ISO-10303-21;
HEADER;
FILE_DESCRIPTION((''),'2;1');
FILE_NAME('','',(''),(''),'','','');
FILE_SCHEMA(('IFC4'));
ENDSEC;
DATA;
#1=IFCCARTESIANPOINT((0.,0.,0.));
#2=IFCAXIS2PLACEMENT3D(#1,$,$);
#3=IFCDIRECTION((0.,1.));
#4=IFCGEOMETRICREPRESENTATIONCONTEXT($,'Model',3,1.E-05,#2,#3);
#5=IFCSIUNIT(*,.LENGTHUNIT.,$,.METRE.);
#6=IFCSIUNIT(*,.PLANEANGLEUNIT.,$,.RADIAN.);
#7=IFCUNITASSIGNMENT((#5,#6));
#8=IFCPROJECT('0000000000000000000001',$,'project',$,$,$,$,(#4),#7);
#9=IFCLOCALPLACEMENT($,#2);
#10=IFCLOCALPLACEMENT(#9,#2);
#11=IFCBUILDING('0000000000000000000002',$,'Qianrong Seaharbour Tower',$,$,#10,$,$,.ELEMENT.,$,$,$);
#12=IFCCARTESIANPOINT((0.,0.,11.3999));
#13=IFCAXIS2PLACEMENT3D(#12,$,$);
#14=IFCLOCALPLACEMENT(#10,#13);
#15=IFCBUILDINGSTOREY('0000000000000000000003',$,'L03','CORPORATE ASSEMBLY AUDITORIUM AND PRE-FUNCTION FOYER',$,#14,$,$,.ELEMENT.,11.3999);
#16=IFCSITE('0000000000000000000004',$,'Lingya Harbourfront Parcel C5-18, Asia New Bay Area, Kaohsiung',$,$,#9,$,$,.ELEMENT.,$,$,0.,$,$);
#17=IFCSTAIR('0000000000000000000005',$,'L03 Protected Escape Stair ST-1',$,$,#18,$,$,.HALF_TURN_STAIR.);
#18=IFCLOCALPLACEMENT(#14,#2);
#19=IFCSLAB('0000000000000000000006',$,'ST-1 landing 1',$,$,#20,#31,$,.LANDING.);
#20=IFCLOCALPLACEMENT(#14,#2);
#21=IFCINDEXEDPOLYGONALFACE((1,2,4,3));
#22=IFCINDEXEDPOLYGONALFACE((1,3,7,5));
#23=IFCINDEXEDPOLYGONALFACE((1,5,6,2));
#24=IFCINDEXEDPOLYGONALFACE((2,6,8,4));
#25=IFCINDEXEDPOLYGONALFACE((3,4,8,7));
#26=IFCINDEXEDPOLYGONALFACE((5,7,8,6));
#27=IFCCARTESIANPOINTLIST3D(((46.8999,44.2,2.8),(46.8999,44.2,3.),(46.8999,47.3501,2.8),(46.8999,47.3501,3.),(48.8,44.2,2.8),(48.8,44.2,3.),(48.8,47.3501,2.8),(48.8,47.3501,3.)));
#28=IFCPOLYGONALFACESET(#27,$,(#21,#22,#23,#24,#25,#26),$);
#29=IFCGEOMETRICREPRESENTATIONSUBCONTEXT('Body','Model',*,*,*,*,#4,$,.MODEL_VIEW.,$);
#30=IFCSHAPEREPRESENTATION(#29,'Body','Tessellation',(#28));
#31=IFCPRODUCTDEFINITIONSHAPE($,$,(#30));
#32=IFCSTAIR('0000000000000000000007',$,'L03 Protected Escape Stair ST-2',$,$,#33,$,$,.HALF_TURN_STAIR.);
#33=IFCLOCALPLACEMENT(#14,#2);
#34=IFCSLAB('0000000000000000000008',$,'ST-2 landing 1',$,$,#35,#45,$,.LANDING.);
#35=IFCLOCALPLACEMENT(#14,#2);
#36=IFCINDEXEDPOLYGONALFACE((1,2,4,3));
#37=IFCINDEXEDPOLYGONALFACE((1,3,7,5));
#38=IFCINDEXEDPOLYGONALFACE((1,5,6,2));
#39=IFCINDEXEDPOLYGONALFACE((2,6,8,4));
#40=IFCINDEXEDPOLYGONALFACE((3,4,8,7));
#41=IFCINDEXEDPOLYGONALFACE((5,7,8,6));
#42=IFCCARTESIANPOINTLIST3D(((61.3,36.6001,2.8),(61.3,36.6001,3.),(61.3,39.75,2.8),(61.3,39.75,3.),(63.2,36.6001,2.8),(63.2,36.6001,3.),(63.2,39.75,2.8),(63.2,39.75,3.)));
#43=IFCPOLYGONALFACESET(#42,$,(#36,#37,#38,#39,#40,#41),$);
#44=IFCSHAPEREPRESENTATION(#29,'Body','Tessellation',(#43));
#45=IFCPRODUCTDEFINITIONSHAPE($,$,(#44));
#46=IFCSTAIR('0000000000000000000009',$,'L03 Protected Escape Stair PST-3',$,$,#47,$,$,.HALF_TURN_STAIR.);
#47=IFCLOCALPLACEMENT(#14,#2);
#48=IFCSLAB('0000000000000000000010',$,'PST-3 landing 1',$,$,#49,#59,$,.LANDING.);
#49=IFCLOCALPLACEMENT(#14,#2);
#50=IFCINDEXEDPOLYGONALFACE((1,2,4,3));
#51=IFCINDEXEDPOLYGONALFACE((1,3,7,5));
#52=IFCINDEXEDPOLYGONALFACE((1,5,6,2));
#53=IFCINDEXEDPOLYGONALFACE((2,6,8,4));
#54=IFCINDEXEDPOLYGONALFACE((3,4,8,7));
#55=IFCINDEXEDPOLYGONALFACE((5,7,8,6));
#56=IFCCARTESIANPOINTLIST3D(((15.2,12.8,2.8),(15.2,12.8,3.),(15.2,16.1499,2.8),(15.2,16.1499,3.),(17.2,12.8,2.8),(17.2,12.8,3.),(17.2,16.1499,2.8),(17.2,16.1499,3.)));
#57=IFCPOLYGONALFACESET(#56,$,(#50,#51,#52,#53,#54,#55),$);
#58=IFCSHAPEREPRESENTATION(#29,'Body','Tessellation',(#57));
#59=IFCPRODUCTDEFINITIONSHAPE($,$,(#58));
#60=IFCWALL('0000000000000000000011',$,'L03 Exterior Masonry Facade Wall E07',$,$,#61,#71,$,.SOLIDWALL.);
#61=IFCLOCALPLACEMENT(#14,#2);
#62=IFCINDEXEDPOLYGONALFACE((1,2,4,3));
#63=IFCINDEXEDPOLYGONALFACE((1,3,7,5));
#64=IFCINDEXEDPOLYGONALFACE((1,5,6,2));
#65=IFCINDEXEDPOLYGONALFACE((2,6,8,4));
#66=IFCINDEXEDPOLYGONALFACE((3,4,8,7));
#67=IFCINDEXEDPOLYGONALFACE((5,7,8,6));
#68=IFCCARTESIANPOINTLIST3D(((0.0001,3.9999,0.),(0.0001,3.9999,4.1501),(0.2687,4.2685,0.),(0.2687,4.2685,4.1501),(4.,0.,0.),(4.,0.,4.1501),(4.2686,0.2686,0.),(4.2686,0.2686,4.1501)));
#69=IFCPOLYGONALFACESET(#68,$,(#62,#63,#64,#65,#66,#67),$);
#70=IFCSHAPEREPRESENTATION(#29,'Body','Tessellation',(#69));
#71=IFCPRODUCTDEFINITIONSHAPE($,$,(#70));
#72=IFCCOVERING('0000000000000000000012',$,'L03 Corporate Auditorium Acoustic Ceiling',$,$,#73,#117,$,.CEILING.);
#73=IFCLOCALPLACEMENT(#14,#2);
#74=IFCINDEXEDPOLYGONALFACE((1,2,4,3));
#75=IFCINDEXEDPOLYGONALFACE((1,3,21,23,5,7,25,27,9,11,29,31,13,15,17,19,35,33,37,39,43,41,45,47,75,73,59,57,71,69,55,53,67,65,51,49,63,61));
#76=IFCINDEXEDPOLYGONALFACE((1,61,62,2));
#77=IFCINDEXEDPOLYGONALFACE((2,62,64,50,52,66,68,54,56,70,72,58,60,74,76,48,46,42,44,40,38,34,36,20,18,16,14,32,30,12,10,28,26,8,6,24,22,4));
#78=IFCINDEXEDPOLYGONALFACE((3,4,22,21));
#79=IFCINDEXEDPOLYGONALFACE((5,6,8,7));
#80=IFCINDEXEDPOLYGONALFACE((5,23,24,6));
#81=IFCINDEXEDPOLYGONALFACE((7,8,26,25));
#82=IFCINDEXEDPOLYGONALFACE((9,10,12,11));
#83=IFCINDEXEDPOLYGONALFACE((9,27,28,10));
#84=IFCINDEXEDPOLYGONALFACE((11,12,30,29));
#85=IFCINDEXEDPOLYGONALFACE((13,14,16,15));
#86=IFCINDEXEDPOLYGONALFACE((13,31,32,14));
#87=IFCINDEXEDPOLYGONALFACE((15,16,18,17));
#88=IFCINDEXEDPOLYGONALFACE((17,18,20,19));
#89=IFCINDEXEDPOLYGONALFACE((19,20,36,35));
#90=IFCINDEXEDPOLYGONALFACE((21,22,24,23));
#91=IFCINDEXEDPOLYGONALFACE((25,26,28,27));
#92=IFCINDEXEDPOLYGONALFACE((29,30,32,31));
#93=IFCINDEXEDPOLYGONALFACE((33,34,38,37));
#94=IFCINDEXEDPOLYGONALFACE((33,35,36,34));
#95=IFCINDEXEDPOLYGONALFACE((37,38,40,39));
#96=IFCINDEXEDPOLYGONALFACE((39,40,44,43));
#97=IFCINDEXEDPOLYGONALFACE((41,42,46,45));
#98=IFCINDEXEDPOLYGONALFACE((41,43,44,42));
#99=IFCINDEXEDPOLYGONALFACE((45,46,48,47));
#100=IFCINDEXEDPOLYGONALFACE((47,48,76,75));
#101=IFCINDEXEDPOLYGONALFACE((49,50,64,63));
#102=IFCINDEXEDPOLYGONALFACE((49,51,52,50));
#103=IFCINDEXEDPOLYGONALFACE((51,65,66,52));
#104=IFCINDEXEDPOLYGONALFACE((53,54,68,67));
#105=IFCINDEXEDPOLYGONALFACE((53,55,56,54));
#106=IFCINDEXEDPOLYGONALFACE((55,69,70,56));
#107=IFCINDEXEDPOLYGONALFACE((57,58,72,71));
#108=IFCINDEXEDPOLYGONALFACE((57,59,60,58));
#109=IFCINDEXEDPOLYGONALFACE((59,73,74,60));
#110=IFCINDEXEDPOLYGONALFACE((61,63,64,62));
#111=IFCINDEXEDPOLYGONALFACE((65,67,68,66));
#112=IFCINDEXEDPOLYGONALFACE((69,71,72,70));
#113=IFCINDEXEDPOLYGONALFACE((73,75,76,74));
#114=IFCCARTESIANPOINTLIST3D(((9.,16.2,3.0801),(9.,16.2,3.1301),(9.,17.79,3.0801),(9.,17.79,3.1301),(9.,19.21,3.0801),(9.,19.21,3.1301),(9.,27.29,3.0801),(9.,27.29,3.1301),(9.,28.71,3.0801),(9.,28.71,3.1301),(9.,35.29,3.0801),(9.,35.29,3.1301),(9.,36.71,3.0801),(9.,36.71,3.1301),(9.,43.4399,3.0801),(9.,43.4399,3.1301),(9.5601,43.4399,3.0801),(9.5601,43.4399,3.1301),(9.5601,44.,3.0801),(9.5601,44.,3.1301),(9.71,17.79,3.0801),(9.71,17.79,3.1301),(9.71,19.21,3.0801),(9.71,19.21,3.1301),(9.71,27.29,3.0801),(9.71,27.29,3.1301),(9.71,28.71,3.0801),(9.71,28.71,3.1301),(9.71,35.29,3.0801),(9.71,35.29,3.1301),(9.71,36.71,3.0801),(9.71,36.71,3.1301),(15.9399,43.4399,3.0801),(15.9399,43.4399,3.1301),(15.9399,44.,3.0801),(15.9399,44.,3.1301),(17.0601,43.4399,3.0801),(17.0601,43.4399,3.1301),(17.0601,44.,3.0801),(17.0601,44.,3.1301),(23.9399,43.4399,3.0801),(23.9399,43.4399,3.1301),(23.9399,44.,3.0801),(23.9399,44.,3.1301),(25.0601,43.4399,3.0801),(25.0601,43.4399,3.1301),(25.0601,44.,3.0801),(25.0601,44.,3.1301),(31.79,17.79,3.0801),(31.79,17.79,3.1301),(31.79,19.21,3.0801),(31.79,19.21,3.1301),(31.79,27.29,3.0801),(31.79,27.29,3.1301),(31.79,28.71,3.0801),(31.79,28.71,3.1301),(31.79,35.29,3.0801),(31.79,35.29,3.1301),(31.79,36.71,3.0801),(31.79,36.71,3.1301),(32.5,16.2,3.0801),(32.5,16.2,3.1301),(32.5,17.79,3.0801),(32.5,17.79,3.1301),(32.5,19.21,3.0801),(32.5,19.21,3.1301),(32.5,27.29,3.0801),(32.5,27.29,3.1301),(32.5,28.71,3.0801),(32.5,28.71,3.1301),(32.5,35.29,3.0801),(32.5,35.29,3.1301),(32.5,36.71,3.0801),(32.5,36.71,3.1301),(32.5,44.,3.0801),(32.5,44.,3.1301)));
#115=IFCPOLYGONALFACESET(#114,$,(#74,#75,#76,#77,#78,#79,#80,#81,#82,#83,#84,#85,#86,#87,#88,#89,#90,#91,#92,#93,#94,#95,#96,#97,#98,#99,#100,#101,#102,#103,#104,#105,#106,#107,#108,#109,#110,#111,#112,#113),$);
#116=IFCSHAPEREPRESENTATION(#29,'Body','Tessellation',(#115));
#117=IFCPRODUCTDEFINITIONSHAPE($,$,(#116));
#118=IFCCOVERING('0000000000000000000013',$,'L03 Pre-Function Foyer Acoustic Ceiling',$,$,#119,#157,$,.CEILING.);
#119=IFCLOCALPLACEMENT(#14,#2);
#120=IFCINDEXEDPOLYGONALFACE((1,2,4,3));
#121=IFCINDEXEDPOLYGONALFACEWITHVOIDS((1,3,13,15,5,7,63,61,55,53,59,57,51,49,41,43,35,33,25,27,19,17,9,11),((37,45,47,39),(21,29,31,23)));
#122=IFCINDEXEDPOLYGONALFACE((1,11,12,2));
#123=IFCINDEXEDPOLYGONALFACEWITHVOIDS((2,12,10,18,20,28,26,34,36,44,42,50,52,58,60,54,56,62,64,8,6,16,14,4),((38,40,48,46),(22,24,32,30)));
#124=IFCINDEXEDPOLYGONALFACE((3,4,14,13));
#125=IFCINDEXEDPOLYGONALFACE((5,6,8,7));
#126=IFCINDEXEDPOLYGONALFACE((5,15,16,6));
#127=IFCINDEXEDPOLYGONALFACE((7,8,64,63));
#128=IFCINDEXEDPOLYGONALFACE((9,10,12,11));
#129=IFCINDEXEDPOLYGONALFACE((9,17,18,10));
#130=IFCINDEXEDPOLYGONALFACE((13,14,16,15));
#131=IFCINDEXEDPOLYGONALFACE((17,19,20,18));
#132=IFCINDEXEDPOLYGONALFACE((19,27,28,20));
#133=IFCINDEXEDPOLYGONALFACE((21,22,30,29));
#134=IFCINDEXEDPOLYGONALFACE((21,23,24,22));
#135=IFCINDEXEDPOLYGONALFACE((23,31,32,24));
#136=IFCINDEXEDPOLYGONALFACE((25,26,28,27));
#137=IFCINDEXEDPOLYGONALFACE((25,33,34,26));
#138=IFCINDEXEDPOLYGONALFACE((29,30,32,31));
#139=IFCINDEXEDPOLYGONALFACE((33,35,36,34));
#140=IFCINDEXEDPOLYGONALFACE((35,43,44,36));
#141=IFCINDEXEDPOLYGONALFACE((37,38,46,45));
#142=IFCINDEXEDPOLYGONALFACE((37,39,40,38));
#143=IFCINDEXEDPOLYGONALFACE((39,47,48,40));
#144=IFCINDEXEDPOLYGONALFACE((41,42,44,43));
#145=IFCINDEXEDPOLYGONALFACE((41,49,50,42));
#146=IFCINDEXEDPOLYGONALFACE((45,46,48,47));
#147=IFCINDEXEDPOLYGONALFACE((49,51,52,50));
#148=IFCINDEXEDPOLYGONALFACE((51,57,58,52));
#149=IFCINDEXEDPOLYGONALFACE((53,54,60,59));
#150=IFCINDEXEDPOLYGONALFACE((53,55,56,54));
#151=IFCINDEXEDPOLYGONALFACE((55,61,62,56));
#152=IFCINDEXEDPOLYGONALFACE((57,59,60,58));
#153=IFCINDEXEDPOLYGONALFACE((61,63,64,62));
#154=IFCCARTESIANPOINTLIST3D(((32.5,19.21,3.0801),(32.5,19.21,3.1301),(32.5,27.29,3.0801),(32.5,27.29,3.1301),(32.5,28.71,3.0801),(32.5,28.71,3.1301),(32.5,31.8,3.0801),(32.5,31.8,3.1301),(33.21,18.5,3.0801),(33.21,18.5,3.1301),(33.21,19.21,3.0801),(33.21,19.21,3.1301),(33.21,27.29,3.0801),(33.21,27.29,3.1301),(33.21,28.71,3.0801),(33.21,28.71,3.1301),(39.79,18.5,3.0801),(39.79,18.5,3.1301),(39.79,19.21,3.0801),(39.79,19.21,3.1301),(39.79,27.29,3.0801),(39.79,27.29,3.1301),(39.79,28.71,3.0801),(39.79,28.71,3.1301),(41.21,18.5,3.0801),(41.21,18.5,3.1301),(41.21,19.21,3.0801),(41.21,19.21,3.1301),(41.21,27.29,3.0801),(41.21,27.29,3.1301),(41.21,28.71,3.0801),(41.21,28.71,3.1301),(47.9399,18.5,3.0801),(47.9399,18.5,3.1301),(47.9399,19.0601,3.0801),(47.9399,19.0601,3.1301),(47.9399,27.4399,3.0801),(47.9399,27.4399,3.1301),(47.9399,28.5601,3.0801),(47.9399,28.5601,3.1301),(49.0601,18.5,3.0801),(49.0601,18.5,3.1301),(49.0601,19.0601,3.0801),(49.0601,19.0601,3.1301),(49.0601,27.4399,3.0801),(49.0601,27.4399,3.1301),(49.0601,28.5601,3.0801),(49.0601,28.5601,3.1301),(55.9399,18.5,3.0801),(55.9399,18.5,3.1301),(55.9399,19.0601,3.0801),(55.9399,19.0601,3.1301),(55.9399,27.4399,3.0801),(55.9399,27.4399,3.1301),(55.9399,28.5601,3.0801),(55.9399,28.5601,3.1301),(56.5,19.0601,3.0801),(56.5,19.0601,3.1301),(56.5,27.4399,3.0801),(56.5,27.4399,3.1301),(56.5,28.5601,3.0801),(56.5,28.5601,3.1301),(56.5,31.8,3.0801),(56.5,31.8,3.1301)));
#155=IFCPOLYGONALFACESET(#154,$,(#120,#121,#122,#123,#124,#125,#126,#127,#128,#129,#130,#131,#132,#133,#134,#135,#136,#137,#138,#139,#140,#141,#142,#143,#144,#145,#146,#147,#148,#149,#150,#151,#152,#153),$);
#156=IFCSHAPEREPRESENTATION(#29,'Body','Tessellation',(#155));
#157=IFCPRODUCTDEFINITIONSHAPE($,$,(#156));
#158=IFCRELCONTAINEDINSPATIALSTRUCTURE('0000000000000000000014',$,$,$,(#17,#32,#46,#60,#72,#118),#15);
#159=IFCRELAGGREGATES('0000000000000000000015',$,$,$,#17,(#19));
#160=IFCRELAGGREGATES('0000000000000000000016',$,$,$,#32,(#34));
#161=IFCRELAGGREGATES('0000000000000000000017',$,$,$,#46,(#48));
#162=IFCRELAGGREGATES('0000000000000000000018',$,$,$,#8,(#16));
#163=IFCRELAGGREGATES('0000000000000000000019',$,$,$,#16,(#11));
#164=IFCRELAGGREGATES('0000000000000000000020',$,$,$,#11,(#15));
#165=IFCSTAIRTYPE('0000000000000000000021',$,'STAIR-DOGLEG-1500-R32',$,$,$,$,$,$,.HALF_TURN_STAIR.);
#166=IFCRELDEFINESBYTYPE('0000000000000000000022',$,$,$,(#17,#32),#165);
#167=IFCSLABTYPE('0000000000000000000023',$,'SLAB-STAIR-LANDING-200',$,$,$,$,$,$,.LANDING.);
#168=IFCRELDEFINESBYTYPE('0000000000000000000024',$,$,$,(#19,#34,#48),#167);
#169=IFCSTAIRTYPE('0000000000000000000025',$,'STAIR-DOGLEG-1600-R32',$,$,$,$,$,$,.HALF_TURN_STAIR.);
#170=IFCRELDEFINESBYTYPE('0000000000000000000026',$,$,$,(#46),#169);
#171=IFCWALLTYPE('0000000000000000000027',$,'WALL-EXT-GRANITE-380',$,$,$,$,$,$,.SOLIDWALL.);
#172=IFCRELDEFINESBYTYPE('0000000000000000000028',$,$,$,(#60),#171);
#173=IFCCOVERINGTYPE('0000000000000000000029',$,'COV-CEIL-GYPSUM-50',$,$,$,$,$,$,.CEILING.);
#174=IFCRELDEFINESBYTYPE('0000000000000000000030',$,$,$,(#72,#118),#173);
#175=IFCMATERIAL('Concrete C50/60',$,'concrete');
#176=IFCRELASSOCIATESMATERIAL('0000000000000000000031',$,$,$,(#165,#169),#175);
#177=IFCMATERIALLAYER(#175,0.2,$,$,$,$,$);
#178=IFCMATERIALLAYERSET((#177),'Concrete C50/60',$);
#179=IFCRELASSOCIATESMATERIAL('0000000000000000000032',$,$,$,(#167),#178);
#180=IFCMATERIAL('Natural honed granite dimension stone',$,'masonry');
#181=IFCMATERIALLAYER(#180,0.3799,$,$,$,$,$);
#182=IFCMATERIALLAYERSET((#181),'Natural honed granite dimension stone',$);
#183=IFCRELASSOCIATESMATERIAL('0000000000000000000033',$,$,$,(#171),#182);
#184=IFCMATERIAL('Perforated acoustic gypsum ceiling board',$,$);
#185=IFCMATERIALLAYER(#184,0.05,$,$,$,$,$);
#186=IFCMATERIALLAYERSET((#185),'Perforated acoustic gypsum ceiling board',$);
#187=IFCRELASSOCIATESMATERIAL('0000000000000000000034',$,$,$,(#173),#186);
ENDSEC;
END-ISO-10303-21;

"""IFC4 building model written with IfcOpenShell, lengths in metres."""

from ifc_helpers import new_model, si_unit, direction, frame, frame_2d, origin, place, context, subcontext, project, spatial, polyline, rectangle, outline, extrude, material, layer, layer_set, type_object, element, aggregate, save


model = new_model("IFC4")

# Units and contexts
model_context = context("Model", 3, precision=1e-05, world=origin(), true_north=direction((0.0, 1.0)))
body_context = subcontext(model_context, "Body", "Model", "MODEL_VIEW")
ifc_project = project(units=[si_unit("LENGTHUNIT", "METRE"), si_unit("PLANEANGLEUNIT", "RADIAN")], contexts=[model_context])

# Site, building, storey
site_placement = place(None, origin())
site = spatial("IfcSite", under=ifc_project, at=site_placement, Name="Lingya Harbourfront Parcel C5-18, Asia New Bay Area, Kaohsiung", CompositionType="ELEMENT", RefElevation=0.0)
building_placement = place(site_placement, origin())
building = spatial("IfcBuilding", under=site, at=building_placement, Name="Qianrong Seaharbour Tower", CompositionType="ELEMENT")
storey_placement = place(building_placement, frame((0.0, 0.0, 11.3999)))
storey = spatial("IfcBuildingStorey", under=building, at=storey_placement, Name="L03", Description="CORPORATE ASSEMBLY AUDITORIUM AND PRE-FUNCTION FOYER", CompositionType="ELEMENT", Elevation=11.3999)

# Shared definitions
ifc_material_1 = material(Name="Concrete C50/60", Category="concrete")

# Stairs, slabs
stair_type_1 = type_object("IfcStairType", Name="STAIR-DOGLEG-1500-R32", PredefinedType="HALF_TURN_STAIR", material=ifc_material_1)
stair_1_placement = place(storey_placement, origin())
stair_1 = element("IfcStair", 1, at=stair_1_placement, inside=storey, type_object=stair_type_1, Name="L03 Protected Escape Stair ST-1", PredefinedType="HALF_TURN_STAIR")
ifc_layer_1 = layer(ifc_material_1, 0.2)
ifc_layer_set_1 = layer_set([ifc_layer_1], Name="Concrete C50/60")
slab_type_1 = type_object("IfcSlabType", Name="SLAB-STAIR-LANDING-200", PredefinedType="LANDING", material=ifc_layer_set_1)
slab_1_placement = place(storey_placement, frame((0.0, 0.0, 2.8)))
slab_1 = element("IfcSlab", 2, at=slab_1_placement, type_object=slab_type_1, Name="ST-1 landing 1", PredefinedType="LANDING", context=body_context, shape_type="SweptSolid", body=[
    extrude(outline(polyline([(46.8999, 44.2), (48.8, 44.2), (48.8, 47.3501), (46.8999, 47.3501), (46.8999, 44.2)])), origin(), (0.0, 0.0, 1.0), 0.2),
])
aggregate(stair_1, [slab_1])
stair_2_placement = place(storey_placement, origin())
stair_2 = element("IfcStair", 3, at=stair_2_placement, inside=storey, type_object=stair_type_1, Name="L03 Protected Escape Stair ST-2", PredefinedType="HALF_TURN_STAIR")
slab_2_placement = place(storey_placement, frame((0.0, 0.0, 2.8)))
slab_2 = element("IfcSlab", 4, at=slab_2_placement, type_object=slab_type_1, Name="ST-2 landing 1", PredefinedType="LANDING", context=body_context, shape_type="SweptSolid", body=[
    extrude(outline(polyline([(61.3, 36.6001), (63.2, 36.6001), (63.2, 39.75), (61.3, 39.75), (61.3, 36.6001)])), origin(), (0.0, 0.0, 1.0), 0.2),
])
aggregate(stair_2, [slab_2])
stair_type_2 = type_object("IfcStairType", Name="STAIR-DOGLEG-1600-R32", PredefinedType="HALF_TURN_STAIR", material=ifc_material_1)
stair_3_placement = place(storey_placement, origin())
stair_3 = element("IfcStair", 5, at=stair_3_placement, inside=storey, type_object=stair_type_2, Name="L03 Protected Escape Stair PST-3", PredefinedType="HALF_TURN_STAIR")
slab_3_placement = place(storey_placement, frame((0.0, 0.0, 2.8)))
slab_3 = element("IfcSlab", 6, at=slab_3_placement, type_object=slab_type_1, Name="PST-3 landing 1", PredefinedType="LANDING", context=body_context, shape_type="SweptSolid", body=[
    extrude(outline(polyline([(15.2, 12.8), (17.2, 12.8), (17.2, 16.1499), (15.2, 16.1499), (15.2, 12.8)])), origin(), (0.0, 0.0, 1.0), 0.2),
])
aggregate(stair_3, [slab_3])

# Wall
ifc_material_2 = material(Name="Natural honed granite dimension stone", Category="masonry")
ifc_layer_2 = layer(ifc_material_2, 0.3799)
ifc_layer_set_2 = layer_set([ifc_layer_2], Name="Natural honed granite dimension stone")
wall_type = type_object("IfcWallType", Name="WALL-EXT-GRANITE-380", PredefinedType="SOLIDWALL", material=ifc_layer_set_2)
wall_placement = place(storey_placement, frame((4.1343, 0.1343, 0.0), z_axis=(0.0, 0.0, 1.0), x_axis=(-0.707107, 0.707107, 0.0)))
element("IfcWall", 7, at=wall_placement, inside=storey, type_object=wall_type, Name="L03 Exterior Masonry Facade Wall E07", PredefinedType="SOLIDWALL", context=body_context, shape_type="SweptSolid", body=[
    extrude(rectangle(XDim=5.6567, YDim=0.3799, at=frame_2d((2.8284, 0.0))), origin(), (0.0, 0.0, 1.0), 4.1501),
])

# Coverings
ifc_material_3 = material(Name="Perforated acoustic gypsum ceiling board")
ifc_layer_3 = layer(ifc_material_3, 0.05)
ifc_layer_set_3 = layer_set([ifc_layer_3], Name="Perforated acoustic gypsum ceiling board")
covering_type_1 = type_object("IfcCoveringType", Name="COV-CEIL-GYPSUM-50", PredefinedType="CEILING", material=ifc_layer_set_3)
covering_1_placement = place(storey_placement, frame((0.0, 0.0, 3.0801)))
element("IfcCovering", 8, at=covering_1_placement, inside=storey, type_object=covering_type_1, Name="L03 Corporate Auditorium Acoustic Ceiling", PredefinedType="CEILING", context=body_context, shape_type="SweptSolid", body=[
    extrude(outline(polyline([(15.9399, 44.0), (15.9399, 43.4399), (17.0601, 43.4399), (17.0601, 44.0), (23.9399, 44.0), (23.9399, 43.4399), (25.0601, 43.4399), (25.0601, 44.0), (32.5, 44.0), (32.5, 36.71), (31.79, 36.71), (31.79, 35.29), (32.5, 35.29), (32.5, 28.71), (31.79, 28.71), (31.79, 27.29), (32.5, 27.29), (32.5, 19.21), (31.79, 19.21), (31.79, 17.79), (32.5, 17.79), (32.5, 16.2), (9.0, 16.2), (9.0, 17.79), (9.71, 17.79), (9.71, 19.21), (9.0, 19.21), (9.0, 27.29), (9.71, 27.29), (9.71, 28.71), (9.0, 28.71), (9.0, 35.29), (9.71, 35.29), (9.71, 36.71), (9.0, 36.71), (9.0, 43.4399), (9.5601, 43.4399), (9.5601, 44.0), (15.9399, 44.0)])), origin(), (0.0, 0.0, 1.0), 0.05),
])
covering_2_placement = place(storey_placement, frame((0.0, 0.0, 3.0801)))
element("IfcCovering", 9, at=covering_2_placement, inside=storey, type_object=covering_type_1, Name="L03 Pre-Function Foyer Acoustic Ceiling", PredefinedType="CEILING", context=body_context, shape_type="SweptSolid", body=[
    extrude(outline(polyline([(56.5, 31.8), (56.5, 28.5601), (55.9399, 28.5601), (55.9399, 27.4399), (56.5, 27.4399), (56.5, 19.0601), (55.9399, 19.0601), (55.9399, 18.5), (49.0601, 18.5), (49.0601, 19.0601), (47.9399, 19.0601), (47.9399, 18.5), (41.21, 18.5), (41.21, 19.21), (39.79, 19.21), (39.79, 18.5), (33.21, 18.5), (33.21, 19.21), (32.5, 19.21), (32.5, 27.29), (33.21, 27.29), (33.21, 28.71), (32.5, 28.71), (32.5, 31.8), (56.5, 31.8)]), holes=[polyline([(47.9399, 27.4399), (49.0601, 27.4399), (49.0601, 28.5601), (47.9399, 28.5601), (47.9399, 27.4399)]), polyline([(39.79, 27.29), (41.21, 27.29), (41.21, 28.71), (39.79, 28.71), (39.79, 27.29)])]), origin(), (0.0, 0.0, 1.0), 0.05),
])

save(model, "model.ifc")
